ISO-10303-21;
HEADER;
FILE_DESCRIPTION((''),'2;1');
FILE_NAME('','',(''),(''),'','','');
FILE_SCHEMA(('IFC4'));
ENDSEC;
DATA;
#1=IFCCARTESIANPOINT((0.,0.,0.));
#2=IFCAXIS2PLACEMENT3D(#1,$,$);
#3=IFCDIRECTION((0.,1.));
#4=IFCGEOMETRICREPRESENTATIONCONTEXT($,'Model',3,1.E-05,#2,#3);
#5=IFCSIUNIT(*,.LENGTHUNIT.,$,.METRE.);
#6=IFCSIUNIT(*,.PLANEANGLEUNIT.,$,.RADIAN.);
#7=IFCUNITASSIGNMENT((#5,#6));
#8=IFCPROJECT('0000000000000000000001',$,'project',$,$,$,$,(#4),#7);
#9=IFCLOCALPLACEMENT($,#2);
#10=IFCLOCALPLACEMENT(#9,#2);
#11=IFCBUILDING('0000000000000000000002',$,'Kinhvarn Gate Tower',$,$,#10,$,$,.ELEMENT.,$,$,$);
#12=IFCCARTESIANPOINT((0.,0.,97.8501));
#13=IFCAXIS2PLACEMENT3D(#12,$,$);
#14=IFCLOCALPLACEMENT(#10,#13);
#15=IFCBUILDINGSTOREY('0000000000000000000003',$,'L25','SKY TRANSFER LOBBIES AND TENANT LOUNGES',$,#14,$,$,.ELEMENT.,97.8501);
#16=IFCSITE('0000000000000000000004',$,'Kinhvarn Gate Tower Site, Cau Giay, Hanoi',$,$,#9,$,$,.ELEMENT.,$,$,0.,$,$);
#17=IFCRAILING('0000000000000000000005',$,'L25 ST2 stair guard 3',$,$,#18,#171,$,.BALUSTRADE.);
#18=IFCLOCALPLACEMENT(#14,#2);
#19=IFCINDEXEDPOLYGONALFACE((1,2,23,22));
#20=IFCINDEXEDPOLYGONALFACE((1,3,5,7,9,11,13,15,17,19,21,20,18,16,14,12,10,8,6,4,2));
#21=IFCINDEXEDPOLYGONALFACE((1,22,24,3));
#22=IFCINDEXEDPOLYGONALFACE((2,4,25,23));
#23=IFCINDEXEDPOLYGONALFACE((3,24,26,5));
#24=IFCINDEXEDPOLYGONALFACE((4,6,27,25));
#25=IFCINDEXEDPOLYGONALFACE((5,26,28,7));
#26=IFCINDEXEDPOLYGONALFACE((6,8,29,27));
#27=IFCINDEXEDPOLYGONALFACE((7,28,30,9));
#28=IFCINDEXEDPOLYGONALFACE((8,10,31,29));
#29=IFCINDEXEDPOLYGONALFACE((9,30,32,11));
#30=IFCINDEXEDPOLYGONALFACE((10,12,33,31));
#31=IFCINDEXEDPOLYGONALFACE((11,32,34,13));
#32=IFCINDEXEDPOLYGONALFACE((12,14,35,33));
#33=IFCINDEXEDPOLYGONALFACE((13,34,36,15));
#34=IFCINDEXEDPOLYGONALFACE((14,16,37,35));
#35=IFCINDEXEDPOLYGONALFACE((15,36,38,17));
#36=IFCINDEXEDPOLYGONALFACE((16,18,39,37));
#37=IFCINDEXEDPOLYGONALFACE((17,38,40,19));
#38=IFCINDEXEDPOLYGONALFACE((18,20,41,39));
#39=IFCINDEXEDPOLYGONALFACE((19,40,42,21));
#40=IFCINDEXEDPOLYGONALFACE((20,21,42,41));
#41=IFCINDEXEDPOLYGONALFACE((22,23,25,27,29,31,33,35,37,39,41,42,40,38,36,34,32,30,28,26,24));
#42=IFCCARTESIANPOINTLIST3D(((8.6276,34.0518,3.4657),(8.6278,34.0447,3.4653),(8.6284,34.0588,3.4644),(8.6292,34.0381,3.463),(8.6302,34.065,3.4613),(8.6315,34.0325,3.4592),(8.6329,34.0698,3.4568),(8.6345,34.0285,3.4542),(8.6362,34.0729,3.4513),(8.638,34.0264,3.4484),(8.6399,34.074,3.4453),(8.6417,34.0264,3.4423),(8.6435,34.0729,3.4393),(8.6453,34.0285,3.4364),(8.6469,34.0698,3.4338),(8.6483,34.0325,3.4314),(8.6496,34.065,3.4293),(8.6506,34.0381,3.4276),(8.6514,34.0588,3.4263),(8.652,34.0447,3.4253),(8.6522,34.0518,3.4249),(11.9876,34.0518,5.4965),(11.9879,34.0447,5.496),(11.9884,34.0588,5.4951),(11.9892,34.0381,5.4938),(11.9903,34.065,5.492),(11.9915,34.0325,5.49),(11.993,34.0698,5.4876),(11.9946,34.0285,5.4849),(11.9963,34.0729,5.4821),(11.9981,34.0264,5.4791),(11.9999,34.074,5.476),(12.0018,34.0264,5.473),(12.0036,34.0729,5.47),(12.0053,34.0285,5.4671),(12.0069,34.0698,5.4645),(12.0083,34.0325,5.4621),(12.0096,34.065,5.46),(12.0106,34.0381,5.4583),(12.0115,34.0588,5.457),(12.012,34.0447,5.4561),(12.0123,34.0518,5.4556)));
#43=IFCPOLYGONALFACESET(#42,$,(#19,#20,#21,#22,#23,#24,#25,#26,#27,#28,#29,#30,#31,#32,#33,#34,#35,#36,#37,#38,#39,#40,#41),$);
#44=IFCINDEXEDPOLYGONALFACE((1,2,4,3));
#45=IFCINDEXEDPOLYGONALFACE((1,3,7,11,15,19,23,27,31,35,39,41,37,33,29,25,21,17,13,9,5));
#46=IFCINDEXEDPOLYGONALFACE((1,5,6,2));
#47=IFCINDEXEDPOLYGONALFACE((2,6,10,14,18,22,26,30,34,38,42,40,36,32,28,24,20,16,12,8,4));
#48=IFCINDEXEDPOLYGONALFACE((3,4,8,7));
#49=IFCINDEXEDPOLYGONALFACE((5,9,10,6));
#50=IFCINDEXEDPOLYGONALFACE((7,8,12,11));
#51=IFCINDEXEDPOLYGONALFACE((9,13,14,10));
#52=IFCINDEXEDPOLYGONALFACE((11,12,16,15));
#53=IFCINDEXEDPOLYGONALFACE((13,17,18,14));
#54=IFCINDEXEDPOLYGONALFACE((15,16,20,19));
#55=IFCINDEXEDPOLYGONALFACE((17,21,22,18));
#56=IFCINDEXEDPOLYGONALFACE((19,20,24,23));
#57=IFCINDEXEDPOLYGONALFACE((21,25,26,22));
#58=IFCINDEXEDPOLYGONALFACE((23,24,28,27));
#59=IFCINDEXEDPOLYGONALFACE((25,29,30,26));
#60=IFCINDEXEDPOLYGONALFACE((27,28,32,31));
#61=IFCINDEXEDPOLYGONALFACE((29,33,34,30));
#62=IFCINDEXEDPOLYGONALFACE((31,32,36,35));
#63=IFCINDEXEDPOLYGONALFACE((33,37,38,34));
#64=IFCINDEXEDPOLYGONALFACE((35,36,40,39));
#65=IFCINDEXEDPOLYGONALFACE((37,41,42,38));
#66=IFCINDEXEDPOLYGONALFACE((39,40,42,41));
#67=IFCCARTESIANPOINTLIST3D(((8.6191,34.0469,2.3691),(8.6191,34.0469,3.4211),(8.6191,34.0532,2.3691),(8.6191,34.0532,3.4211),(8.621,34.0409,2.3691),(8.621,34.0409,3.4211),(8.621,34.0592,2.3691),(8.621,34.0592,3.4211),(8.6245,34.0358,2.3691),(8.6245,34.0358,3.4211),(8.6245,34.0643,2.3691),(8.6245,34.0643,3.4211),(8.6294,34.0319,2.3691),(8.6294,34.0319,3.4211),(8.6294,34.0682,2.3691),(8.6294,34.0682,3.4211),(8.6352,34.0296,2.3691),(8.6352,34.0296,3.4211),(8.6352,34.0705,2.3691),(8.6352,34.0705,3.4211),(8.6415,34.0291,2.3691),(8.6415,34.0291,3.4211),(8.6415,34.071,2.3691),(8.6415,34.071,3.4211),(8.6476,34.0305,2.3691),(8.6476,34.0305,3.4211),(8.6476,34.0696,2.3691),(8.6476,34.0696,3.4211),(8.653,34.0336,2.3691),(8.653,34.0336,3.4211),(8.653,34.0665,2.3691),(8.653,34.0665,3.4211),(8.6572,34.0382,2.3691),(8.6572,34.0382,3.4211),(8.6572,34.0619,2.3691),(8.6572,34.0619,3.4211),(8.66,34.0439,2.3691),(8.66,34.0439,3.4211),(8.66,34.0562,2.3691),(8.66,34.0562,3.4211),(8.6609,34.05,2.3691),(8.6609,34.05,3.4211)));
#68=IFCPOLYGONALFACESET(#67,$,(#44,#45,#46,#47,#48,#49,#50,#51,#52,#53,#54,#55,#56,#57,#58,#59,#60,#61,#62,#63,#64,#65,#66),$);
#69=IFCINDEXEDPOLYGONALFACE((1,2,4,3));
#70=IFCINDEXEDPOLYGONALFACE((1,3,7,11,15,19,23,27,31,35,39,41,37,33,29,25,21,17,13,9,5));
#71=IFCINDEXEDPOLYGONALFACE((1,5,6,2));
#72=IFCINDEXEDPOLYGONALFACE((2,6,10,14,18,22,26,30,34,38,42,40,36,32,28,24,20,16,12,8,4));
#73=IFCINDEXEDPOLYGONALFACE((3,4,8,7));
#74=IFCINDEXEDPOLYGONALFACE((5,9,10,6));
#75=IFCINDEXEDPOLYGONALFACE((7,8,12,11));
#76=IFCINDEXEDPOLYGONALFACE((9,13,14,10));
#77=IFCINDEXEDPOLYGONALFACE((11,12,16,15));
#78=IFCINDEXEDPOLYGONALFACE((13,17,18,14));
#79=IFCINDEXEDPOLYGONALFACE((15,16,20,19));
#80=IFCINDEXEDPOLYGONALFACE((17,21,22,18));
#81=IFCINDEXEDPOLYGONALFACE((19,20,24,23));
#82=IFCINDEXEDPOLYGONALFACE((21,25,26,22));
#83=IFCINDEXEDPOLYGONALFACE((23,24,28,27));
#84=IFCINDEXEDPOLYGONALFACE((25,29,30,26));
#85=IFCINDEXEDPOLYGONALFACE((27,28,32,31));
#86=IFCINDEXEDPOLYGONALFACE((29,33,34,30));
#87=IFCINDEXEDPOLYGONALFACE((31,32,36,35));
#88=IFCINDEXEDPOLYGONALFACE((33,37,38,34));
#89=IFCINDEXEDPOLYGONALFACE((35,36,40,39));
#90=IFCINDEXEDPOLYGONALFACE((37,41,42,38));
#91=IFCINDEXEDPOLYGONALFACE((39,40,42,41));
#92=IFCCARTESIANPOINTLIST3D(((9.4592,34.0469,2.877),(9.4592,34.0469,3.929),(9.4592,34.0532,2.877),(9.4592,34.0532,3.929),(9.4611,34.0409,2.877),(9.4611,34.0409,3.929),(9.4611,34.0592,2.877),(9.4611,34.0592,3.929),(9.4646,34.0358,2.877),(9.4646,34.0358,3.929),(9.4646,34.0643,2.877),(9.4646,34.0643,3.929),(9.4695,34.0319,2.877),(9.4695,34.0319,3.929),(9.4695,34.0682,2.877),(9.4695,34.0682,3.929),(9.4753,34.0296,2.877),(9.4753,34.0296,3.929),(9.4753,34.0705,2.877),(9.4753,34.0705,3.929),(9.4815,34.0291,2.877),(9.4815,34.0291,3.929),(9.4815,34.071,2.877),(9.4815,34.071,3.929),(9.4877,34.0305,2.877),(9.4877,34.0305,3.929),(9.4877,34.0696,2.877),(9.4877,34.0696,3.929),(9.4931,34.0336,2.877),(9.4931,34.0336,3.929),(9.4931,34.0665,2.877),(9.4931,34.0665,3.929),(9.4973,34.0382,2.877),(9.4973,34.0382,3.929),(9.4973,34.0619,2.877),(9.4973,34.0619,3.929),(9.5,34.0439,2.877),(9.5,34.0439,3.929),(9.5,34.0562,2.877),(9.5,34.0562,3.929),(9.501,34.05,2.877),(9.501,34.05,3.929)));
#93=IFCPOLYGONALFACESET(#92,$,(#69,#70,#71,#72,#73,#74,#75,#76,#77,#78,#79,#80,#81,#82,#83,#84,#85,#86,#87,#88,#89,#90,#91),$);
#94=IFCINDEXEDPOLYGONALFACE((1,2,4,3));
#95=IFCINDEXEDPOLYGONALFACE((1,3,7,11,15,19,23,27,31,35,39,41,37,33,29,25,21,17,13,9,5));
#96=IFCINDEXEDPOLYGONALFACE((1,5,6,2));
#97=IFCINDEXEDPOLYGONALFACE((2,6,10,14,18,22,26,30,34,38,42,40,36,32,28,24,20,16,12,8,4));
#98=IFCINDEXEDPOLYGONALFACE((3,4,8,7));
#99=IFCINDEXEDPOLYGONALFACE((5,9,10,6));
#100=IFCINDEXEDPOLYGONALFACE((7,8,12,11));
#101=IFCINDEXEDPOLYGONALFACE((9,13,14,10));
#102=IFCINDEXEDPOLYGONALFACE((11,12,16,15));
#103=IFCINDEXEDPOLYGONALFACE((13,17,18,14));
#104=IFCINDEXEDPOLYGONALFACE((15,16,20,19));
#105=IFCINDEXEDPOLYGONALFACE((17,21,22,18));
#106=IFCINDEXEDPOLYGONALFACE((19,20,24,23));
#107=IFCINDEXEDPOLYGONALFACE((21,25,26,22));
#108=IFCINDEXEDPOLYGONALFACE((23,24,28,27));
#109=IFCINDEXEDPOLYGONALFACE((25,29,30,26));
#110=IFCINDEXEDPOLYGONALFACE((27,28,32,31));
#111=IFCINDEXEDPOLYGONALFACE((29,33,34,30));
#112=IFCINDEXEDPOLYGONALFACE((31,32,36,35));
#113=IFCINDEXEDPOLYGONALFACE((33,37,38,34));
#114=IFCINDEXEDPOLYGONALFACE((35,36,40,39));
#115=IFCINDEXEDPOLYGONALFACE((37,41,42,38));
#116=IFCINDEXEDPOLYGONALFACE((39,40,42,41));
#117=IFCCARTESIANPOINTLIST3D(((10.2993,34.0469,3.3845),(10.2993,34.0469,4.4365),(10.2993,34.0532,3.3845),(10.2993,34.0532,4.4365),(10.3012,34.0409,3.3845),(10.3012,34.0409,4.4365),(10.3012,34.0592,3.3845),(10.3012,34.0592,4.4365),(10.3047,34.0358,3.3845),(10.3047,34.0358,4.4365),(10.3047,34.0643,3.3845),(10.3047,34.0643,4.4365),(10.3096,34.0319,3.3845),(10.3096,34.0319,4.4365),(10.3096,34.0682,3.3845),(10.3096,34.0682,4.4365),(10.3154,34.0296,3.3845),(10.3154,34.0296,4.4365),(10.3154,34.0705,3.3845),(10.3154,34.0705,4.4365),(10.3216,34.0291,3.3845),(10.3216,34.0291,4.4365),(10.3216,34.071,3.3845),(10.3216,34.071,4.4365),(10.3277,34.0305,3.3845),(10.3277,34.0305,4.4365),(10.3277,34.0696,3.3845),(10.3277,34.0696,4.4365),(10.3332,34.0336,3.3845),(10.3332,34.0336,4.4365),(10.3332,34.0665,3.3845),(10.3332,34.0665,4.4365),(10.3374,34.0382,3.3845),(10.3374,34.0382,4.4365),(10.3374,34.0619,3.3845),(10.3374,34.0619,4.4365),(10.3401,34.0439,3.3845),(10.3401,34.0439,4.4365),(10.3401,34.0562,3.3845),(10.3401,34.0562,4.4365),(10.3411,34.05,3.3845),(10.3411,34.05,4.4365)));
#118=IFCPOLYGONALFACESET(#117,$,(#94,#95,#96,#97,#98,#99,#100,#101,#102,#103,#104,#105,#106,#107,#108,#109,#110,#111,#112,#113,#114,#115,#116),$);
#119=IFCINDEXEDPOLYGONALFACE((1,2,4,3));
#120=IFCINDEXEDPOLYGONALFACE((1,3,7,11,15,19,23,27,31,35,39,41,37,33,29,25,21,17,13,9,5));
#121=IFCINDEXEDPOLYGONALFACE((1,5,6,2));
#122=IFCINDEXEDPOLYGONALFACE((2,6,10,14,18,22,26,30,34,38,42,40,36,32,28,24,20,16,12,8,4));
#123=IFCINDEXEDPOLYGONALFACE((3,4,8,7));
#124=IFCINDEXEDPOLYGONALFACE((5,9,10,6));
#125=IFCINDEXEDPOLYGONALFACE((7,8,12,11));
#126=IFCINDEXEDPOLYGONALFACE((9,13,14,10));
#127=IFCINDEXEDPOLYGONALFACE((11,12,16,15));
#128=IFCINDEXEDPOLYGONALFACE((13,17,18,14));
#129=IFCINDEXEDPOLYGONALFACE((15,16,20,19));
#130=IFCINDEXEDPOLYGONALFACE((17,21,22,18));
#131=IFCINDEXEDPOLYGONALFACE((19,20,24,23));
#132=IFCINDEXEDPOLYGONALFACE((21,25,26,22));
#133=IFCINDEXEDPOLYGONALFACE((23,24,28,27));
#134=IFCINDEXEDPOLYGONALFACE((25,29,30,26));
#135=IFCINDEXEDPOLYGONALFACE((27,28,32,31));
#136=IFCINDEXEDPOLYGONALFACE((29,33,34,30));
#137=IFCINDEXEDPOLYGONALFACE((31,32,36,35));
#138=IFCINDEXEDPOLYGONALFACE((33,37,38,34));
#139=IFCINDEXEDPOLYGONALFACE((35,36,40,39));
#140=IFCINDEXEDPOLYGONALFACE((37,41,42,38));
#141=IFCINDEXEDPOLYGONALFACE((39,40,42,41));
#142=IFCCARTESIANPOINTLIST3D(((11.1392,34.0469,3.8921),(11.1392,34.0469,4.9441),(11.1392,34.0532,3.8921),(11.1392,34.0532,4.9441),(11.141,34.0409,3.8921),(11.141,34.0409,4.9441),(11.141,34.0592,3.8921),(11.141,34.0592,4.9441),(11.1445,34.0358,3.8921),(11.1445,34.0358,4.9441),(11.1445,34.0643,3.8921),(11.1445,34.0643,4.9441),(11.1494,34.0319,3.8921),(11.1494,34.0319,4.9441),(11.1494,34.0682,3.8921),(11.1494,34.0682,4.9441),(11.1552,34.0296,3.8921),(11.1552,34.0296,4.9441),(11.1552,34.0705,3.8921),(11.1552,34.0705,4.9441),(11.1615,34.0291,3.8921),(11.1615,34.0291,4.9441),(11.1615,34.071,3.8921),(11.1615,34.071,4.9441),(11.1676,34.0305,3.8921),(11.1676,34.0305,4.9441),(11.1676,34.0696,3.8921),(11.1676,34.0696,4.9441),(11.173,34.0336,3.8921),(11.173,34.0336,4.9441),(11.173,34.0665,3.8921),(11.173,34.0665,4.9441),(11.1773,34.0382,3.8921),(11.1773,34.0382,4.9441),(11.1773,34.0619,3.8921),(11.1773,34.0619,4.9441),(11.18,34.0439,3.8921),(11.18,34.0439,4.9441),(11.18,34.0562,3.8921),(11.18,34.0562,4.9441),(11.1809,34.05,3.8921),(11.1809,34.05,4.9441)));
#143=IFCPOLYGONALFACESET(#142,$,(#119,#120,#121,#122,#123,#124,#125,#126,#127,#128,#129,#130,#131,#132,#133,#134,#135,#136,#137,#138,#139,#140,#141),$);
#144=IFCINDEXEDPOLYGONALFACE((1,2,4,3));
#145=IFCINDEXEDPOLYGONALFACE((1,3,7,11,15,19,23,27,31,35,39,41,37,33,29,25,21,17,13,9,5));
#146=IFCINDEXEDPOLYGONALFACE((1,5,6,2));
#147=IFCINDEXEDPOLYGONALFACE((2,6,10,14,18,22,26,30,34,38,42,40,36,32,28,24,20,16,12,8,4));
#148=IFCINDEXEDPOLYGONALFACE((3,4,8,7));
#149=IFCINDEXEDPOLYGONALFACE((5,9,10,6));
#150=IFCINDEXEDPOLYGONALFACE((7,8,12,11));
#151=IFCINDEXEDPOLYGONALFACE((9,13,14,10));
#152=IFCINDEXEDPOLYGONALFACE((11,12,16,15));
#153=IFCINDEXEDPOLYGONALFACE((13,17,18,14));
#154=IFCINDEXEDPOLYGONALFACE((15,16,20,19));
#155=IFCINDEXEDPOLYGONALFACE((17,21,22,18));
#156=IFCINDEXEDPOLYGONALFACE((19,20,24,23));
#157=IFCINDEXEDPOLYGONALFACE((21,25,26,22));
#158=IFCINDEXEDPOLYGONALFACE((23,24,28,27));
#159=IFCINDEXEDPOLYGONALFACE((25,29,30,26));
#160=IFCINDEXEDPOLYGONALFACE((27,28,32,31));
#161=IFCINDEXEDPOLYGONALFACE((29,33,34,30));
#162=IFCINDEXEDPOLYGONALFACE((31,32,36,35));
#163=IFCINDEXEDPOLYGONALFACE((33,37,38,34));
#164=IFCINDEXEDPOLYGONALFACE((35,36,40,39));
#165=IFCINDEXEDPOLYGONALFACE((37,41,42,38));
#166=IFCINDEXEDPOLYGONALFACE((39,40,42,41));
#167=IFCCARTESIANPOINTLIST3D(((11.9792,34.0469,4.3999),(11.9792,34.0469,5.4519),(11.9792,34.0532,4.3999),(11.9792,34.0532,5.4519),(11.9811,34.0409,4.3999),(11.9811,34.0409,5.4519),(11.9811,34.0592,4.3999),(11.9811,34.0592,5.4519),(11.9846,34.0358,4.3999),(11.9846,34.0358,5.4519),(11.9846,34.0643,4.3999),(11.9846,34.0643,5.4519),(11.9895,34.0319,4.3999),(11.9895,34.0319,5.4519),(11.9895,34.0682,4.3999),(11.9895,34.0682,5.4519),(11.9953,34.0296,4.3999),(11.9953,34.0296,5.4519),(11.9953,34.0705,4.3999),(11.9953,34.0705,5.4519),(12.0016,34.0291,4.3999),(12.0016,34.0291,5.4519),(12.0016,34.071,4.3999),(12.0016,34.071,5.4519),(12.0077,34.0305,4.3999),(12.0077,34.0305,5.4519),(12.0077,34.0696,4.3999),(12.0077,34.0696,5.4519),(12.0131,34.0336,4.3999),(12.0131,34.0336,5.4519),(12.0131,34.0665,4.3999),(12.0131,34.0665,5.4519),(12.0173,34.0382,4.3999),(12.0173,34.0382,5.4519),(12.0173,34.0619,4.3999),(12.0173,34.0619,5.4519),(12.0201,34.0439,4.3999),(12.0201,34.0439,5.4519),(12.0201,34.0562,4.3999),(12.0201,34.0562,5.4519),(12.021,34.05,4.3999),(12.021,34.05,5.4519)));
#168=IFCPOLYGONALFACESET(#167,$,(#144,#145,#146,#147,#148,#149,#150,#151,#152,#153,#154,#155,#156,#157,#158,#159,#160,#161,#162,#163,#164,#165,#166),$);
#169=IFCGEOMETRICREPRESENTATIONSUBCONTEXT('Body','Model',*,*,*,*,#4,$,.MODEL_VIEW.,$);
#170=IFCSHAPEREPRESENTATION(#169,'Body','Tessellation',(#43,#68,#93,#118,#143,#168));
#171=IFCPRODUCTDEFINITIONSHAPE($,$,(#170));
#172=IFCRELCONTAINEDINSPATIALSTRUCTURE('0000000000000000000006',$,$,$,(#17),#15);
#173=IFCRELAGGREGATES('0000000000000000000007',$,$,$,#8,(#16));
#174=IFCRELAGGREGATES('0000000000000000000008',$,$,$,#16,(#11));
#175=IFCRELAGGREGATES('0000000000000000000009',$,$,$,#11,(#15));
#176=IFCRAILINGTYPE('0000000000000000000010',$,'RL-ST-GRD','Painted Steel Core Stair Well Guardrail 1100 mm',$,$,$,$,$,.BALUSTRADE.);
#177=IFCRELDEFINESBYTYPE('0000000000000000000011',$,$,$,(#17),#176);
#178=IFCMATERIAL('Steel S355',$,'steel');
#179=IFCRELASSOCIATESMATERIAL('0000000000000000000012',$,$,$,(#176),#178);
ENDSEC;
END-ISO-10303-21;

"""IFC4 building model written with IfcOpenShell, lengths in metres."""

from ifc_helpers import new_model, si_unit, direction, frame, origin, origin_2d, place, context, subcontext, project, spatial, circle, extrude, material, type_object, element, save


model = new_model("IFC4")

# Units and contexts
model_context = context("Model", 3, precision=1e-05, world=origin(), true_north=direction((0.0, 1.0)))
body_context = subcontext(model_context, "Body", "Model", "MODEL_VIEW")
ifc_project = project(units=[si_unit("LENGTHUNIT", "METRE"), si_unit("PLANEANGLEUNIT", "RADIAN")], contexts=[model_context])

# Site, building, storey
site_placement = place(None, origin())
site = spatial("IfcSite", under=ifc_project, at=site_placement, Name="Kinhvarn Gate Tower Site, Cau Giay, Hanoi", CompositionType="ELEMENT", RefElevation=0.0)
building_placement = place(site_placement, origin())
building = spatial("IfcBuilding", under=site, at=building_placement, Name="Kinhvarn Gate Tower", CompositionType="ELEMENT")
storey_placement = place(building_placement, frame((0.0, 0.0, 97.8501)))
storey = spatial("IfcBuildingStorey", under=building, at=storey_placement, Name="L25", Description="SKY TRANSFER LOBBIES AND TENANT LOUNGES", CompositionType="ELEMENT", Elevation=97.8501)

# Shared definitions
ifc_material_1 = material(Name="Steel S355", Category="steel")

# Railing
railing_type_1 = type_object("IfcRailingType", Name="RL-ST-GRD", Description="Painted Steel Core Stair Well Guardrail 1100 mm", PredefinedType="BALUSTRADE", material=ifc_material_1)
railing_1_placement = place(storey_placement, frame((8.6399, 34.05, 2.3691)))
element("IfcRailing", 1, at=railing_1_placement, inside=storey, type_object=railing_type_1, Name="L25 ST2 stair guard 3", PredefinedType="BALUSTRADE", context=body_context, shape_type="SweptSolid", body=[
    extrude(circle(Radius=0.0239, at=origin_2d()), frame((0.0, 0.0, 1.0762), z_axis=(0.855837, 0.0, 0.517246), x_axis=(0.0, 1.0, 0.0)), (0.0, 0.0, 1.0), 3.926),
    extrude(circle(Radius=0.021, at=origin_2d()), origin(), (0.0, 0.0, 1.0), 1.052),
    extrude(circle(Radius=0.021, at=origin_2d()), frame((0.8401, 0.0, 0.5078)), (0.0, 0.0, 1.0), 1.052),
    extrude(circle(Radius=0.021, at=origin_2d()), frame((1.6802, 0.0, 1.0154)), (0.0, 0.0, 1.0), 1.052),
    extrude(circle(Radius=0.021, at=origin_2d()), frame((2.52, 0.0, 1.5229)), (0.0, 0.0, 1.0), 1.052),
    extrude(circle(Radius=0.021, at=origin_2d()), frame((3.3601, 0.0, 2.0308)), (0.0, 0.0, 1.0), 1.052),
])

save(model, "model.ifc")
